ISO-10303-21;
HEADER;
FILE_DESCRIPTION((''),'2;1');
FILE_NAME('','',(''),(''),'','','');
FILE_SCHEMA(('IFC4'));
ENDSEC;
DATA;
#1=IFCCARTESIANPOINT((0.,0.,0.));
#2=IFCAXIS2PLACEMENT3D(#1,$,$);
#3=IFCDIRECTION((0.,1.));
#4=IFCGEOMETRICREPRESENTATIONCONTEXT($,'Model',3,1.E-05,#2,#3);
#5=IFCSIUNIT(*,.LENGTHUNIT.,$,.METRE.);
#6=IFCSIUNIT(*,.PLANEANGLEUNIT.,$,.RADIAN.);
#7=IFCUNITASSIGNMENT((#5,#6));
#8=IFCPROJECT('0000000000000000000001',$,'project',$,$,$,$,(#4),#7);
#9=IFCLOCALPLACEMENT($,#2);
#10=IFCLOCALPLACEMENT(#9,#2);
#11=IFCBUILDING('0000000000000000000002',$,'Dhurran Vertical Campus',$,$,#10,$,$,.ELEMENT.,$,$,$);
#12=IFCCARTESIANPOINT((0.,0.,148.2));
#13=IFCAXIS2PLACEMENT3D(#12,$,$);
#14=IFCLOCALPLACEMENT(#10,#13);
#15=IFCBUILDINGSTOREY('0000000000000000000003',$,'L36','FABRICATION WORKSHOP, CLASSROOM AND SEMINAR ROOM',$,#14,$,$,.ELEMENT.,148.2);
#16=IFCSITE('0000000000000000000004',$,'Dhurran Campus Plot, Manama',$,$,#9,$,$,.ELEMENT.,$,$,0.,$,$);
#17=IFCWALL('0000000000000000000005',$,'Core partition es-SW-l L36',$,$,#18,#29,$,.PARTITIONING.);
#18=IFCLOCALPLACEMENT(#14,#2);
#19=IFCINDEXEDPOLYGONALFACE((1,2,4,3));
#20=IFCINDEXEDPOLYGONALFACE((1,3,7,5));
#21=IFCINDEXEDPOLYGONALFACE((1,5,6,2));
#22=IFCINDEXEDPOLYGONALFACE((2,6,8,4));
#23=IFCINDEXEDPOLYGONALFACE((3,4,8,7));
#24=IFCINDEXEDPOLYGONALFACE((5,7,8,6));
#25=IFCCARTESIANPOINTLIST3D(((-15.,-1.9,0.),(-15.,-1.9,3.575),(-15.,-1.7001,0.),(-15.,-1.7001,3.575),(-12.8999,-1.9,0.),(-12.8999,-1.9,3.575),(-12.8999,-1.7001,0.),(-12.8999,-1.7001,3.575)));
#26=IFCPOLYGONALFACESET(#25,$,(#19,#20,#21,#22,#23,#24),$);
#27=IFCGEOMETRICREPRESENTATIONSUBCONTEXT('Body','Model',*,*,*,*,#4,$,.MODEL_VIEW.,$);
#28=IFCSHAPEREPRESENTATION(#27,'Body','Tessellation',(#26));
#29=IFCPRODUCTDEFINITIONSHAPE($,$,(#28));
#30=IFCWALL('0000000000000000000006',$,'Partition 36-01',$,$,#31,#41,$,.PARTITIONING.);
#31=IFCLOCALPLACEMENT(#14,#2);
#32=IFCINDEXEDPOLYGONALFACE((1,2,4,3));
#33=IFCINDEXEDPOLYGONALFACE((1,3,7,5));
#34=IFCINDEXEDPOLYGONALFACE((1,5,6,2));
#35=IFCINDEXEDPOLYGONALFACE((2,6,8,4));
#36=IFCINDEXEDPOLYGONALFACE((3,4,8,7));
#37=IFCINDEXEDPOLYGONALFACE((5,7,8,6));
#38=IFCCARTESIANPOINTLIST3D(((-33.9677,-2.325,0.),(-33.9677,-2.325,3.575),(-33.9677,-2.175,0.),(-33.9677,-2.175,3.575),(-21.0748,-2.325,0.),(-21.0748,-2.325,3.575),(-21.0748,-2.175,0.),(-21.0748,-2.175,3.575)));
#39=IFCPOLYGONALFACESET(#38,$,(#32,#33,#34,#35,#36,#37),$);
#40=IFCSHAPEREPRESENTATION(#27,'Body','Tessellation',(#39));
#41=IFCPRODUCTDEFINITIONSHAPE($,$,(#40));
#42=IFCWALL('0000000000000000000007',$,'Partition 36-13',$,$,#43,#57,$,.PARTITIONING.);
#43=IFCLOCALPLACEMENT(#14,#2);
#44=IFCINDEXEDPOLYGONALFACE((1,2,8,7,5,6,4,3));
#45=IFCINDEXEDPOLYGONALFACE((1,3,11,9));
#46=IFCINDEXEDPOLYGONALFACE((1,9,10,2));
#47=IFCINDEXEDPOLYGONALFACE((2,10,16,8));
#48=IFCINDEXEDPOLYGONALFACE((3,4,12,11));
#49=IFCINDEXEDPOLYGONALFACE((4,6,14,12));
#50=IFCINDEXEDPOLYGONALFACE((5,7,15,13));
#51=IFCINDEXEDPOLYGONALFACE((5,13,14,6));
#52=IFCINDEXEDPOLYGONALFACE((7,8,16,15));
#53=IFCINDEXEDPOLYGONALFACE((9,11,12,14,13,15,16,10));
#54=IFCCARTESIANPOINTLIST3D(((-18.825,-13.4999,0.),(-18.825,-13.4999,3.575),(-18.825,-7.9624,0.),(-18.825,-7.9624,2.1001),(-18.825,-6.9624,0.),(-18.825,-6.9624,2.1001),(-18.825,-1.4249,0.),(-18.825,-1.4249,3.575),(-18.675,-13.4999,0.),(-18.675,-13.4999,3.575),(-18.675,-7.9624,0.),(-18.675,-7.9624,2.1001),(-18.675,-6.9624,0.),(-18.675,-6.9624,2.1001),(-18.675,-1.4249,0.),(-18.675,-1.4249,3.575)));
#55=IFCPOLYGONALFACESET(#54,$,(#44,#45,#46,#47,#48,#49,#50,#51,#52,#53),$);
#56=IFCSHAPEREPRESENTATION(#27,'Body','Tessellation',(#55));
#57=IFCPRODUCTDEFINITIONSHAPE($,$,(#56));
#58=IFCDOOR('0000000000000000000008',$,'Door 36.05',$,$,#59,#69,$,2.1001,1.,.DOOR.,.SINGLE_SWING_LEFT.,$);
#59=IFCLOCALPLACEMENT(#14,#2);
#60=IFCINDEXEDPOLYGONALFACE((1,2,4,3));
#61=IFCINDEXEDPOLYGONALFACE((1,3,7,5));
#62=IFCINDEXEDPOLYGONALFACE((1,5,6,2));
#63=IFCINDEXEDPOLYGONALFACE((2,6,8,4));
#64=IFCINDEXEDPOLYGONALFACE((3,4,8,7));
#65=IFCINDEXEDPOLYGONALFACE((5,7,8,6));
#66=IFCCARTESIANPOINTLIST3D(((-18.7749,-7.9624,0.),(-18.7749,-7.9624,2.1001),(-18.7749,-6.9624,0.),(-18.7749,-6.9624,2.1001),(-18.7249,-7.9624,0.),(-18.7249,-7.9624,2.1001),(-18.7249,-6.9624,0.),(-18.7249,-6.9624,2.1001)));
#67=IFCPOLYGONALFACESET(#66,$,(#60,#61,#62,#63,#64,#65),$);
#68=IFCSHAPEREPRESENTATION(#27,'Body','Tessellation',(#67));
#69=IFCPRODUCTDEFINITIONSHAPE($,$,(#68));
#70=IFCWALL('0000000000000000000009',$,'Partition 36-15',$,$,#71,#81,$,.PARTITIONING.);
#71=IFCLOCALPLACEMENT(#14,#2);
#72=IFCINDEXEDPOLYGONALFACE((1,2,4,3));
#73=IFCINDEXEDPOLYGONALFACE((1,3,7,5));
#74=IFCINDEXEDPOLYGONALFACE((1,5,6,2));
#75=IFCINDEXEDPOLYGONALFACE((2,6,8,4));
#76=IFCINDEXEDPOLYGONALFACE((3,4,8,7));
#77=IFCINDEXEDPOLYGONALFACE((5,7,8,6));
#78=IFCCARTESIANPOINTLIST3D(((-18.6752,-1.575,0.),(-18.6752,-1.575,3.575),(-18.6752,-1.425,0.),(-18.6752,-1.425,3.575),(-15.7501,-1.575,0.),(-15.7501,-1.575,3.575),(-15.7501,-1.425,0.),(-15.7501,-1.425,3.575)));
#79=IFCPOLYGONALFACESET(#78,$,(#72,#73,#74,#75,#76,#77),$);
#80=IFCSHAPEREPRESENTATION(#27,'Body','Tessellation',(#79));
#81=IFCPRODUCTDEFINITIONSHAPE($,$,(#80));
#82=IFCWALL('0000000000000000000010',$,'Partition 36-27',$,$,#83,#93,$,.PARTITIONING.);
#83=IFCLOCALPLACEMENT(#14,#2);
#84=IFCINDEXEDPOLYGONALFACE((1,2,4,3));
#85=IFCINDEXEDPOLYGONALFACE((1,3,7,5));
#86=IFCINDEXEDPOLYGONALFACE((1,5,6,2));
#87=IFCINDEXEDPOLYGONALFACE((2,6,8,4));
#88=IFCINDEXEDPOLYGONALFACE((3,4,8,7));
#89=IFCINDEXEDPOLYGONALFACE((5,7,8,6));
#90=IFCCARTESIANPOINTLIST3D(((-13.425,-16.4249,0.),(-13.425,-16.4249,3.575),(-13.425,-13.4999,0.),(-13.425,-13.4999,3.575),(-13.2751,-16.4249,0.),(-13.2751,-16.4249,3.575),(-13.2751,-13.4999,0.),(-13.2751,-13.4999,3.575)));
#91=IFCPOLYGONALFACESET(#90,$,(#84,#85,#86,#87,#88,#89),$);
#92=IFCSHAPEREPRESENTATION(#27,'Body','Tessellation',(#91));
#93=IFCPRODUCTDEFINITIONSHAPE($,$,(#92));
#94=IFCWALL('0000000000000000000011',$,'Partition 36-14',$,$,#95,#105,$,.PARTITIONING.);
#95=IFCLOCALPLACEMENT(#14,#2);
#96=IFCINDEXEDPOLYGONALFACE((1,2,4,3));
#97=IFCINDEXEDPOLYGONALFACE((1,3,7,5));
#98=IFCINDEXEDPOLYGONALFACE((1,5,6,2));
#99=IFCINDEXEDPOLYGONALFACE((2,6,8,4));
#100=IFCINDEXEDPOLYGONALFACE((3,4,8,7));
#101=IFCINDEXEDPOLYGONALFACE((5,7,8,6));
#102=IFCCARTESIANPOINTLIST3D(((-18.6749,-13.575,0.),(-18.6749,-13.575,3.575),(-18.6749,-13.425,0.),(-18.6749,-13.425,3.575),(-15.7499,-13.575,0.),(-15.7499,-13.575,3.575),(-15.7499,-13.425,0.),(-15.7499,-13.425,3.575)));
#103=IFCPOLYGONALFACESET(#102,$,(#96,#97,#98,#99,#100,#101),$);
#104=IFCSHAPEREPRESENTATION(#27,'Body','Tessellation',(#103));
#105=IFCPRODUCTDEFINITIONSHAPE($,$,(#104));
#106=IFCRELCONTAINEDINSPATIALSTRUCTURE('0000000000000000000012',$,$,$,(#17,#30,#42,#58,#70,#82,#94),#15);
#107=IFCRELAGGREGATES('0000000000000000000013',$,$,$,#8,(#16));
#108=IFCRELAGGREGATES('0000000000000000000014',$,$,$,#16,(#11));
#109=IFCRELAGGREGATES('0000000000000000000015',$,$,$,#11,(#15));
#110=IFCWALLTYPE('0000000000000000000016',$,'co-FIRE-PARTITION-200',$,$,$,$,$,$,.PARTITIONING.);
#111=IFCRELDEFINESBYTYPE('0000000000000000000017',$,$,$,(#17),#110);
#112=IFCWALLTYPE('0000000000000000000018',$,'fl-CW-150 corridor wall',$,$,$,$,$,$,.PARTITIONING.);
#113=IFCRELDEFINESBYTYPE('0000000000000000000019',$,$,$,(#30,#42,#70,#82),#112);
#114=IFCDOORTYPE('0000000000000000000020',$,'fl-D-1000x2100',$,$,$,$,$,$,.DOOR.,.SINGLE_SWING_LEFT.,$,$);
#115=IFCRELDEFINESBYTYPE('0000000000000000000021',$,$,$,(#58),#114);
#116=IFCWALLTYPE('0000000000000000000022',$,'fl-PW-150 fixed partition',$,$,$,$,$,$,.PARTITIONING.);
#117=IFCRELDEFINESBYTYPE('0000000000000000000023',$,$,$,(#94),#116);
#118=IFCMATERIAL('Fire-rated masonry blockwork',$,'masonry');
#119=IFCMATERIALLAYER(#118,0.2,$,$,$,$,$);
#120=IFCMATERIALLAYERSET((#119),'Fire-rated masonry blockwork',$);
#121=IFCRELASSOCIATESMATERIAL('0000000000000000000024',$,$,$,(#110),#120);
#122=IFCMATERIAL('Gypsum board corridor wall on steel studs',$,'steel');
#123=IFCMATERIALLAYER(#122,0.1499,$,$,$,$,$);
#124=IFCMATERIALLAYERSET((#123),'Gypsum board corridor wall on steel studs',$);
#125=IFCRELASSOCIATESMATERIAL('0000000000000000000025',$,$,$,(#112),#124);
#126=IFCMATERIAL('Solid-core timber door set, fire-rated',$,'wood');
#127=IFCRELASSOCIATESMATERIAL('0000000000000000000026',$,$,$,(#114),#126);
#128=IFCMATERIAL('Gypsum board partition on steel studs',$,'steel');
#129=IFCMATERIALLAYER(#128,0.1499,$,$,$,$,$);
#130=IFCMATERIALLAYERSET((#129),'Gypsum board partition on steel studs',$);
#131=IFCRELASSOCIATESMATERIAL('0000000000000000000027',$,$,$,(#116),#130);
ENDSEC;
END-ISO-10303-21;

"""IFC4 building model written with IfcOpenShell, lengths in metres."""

from ifc_helpers import new_model, si_unit, direction, frame, frame_2d, origin, place, context, subcontext, project, spatial, rectangle, extrude, material, layer, layer_set, type_object, element, fill, save


model = new_model("IFC4")

# Units and contexts
model_context = context("Model", 3, precision=1e-05, world=origin(), true_north=direction((0.0, 1.0)))
body_context = subcontext(model_context, "Body", "Model", "MODEL_VIEW")
ifc_project = project(units=[si_unit("LENGTHUNIT", "METRE"), si_unit("PLANEANGLEUNIT", "RADIAN")], contexts=[model_context])

# Site, building, storey
site_placement = place(None, origin())
site = spatial("IfcSite", under=ifc_project, at=site_placement, Name="Dhurran Campus Plot, Manama", CompositionType="ELEMENT", RefElevation=0.0)
building_placement = place(site_placement, origin())
building = spatial("IfcBuilding", under=site, at=building_placement, Name="Dhurran Vertical Campus", CompositionType="ELEMENT")
storey_placement = place(building_placement, frame((0.0, 0.0, 148.2)))
storey = spatial("IfcBuildingStorey", under=building, at=storey_placement, Name="L36", Description="FABRICATION WORKSHOP, CLASSROOM AND SEMINAR ROOM", CompositionType="ELEMENT", Elevation=148.2)

# Shared definitions
ifc_material_1 = material(Name="Fire-rated masonry blockwork", Category="masonry")
ifc_layer_1 = layer(ifc_material_1, 0.2)
ifc_layer_set_1 = layer_set([ifc_layer_1], Name="Fire-rated masonry blockwork")
wall_type_1 = type_object("IfcWallType", Name="co-FIRE-PARTITION-200", PredefinedType="PARTITIONING", material=ifc_layer_set_1)

# Walls
wall_1_placement = place(storey_placement, frame((-15.0, -1.8, 0.0), z_axis=(0.0, 0.0, 1.0), x_axis=(1.0, 0.0, 0.0)))
element("IfcWall", 1, at=wall_1_placement, inside=storey, type_object=wall_type_1, Name="Core partition es-SW-l L36", PredefinedType="PARTITIONING", context=body_context, shape_type="SweptSolid", body=[
    extrude(rectangle(XDim=2.1001, YDim=0.2, at=frame_2d((1.05, 0.0))), origin(), (0.0, 0.0, 1.0), 3.575),
])
ifc_material_2 = material(Name="Gypsum board corridor wall on steel studs", Category="steel")
ifc_layer_2 = layer(ifc_material_2, 0.1499)
ifc_layer_set_2 = layer_set([ifc_layer_2], Name="Gypsum board corridor wall on steel studs")
wall_type_2 = type_object("IfcWallType", Name="fl-CW-150 corridor wall", PredefinedType="PARTITIONING", material=ifc_layer_set_2)
wall_2_placement = place(storey_placement, frame((-21.075, -2.25, 0.0), z_axis=(0.0, 0.0, 1.0), x_axis=(-1.0, 0.0, 0.0)))
element("IfcWall", 2, at=wall_2_placement, inside=storey, type_object=wall_type_2, Name="Partition 36-01", PredefinedType="PARTITIONING", context=body_context, shape_type="SweptSolid", body=[
    extrude(rectangle(XDim=12.8928, YDim=0.1499, at=frame_2d((6.4463, 0.0))), origin(), (0.0, 0.0, 1.0), 3.575),
])

# Wall, opening, door
wall_3_placement = place(storey_placement, frame((-18.75, -13.5, 0.0), z_axis=(0.0, 0.0, 1.0), x_axis=(0.0, 1.0, 0.0)))
wall_3 = element("IfcWall", 3, at=wall_3_placement, inside=storey, type_object=wall_type_2, Name="Partition 36-13", PredefinedType="PARTITIONING", context=body_context, shape_type="SweptSolid", body=[
    extrude(rectangle(XDim=12.075, YDim=0.1499, at=frame_2d((6.0376, 0.0))), origin(), (0.0, 0.0, 1.0), 3.575),
])
opening_1_placement = place(wall_3_placement, frame((5.5376, 0.0, 0.0)))
opening_1 = element("IfcOpeningElement", 4, at=opening_1_placement, cuts=wall_3, PredefinedType="OPENING", context=body_context, shape_type="SweptSolid", body=[
    extrude(rectangle(XDim=1.0, YDim=2.1001, at=frame_2d((0.5, 1.05))), frame((0.0, 0.085, 0.0), z_axis=(0.0, -1.0, 0.0), x_axis=(1.0, 0.0, 0.0)), (0.0, 0.0, 1.0), 0.1699),
])
ifc_material_3 = material(Name="Solid-core timber door set, fire-rated", Category="wood")
door_type_1 = type_object("IfcDoorType", Name="fl-D-1000x2100", OperationType="SINGLE_SWING_LEFT", PredefinedType="DOOR", material=ifc_material_3)
door_1_placement = place(opening_1_placement, origin())
door_1 = element("IfcDoor", 5, at=door_1_placement, inside=storey, type_object=door_type_1, Name="Door 36.05", OperationType="SINGLE_SWING_LEFT", OverallHeight=2.1001, OverallWidth=1.0, PredefinedType="DOOR", context=body_context, shape_type="SweptSolid", body=[
    extrude(rectangle(XDim=1.0, YDim=2.1001, at=frame_2d((0.5, 1.05))), frame((0.0, 0.0249, 0.0), z_axis=(0.0, -1.0, 0.0), x_axis=(1.0, 0.0, 0.0)), (0.0, 0.0, 1.0), 0.05),
])
fill(opening_1, door_1)

# Walls
for number, where, z_axis, x_axis, name in (
    (6, (-18.675, -1.5, 0.0), (0.0, 0.0, 1.0), (1.0, 0.0, 0.0), "Partition 36-15"),
    (7, (-13.3501, -13.5, 0.0), (0.0, 0.0, 1.0), (0.0, -1.0, 0.0), "Partition 36-27"),
):
    element("IfcWall", number, at=place(storey_placement, frame(where, z_axis=z_axis, x_axis=x_axis)), inside=storey, type_object=wall_type_2, Name=name, PredefinedType="PARTITIONING", context=body_context, shape_type="SweptSolid", body=[
        extrude(rectangle(XDim=2.925, YDim=0.1499, at=frame_2d((1.4624, 0.0))), origin(), (0.0, 0.0, 1.0), 3.575),
    ])
ifc_material_4 = material(Name="Gypsum board partition on steel studs", Category="steel")
ifc_layer_3 = layer(ifc_material_4, 0.1499)
ifc_layer_set_3 = layer_set([ifc_layer_3], Name="Gypsum board partition on steel studs")
wall_type_3 = type_object("IfcWallType", Name="fl-PW-150 fixed partition", PredefinedType="PARTITIONING", material=ifc_layer_set_3)
wall_4_placement = place(storey_placement, frame((-15.75, -13.5, 0.0), z_axis=(0.0, 0.0, 1.0), x_axis=(-1.0, 0.0, 0.0)))
element("IfcWall", 8, at=wall_4_placement, inside=storey, type_object=wall_type_3, Name="Partition 36-14", PredefinedType="PARTITIONING", context=body_context, shape_type="SweptSolid", body=[
    extrude(rectangle(XDim=2.925, YDim=0.1499, at=frame_2d((1.4624, 0.0))), origin(), (0.0, 0.0, 1.0), 3.575),
])

save(model, "model.ifc")
